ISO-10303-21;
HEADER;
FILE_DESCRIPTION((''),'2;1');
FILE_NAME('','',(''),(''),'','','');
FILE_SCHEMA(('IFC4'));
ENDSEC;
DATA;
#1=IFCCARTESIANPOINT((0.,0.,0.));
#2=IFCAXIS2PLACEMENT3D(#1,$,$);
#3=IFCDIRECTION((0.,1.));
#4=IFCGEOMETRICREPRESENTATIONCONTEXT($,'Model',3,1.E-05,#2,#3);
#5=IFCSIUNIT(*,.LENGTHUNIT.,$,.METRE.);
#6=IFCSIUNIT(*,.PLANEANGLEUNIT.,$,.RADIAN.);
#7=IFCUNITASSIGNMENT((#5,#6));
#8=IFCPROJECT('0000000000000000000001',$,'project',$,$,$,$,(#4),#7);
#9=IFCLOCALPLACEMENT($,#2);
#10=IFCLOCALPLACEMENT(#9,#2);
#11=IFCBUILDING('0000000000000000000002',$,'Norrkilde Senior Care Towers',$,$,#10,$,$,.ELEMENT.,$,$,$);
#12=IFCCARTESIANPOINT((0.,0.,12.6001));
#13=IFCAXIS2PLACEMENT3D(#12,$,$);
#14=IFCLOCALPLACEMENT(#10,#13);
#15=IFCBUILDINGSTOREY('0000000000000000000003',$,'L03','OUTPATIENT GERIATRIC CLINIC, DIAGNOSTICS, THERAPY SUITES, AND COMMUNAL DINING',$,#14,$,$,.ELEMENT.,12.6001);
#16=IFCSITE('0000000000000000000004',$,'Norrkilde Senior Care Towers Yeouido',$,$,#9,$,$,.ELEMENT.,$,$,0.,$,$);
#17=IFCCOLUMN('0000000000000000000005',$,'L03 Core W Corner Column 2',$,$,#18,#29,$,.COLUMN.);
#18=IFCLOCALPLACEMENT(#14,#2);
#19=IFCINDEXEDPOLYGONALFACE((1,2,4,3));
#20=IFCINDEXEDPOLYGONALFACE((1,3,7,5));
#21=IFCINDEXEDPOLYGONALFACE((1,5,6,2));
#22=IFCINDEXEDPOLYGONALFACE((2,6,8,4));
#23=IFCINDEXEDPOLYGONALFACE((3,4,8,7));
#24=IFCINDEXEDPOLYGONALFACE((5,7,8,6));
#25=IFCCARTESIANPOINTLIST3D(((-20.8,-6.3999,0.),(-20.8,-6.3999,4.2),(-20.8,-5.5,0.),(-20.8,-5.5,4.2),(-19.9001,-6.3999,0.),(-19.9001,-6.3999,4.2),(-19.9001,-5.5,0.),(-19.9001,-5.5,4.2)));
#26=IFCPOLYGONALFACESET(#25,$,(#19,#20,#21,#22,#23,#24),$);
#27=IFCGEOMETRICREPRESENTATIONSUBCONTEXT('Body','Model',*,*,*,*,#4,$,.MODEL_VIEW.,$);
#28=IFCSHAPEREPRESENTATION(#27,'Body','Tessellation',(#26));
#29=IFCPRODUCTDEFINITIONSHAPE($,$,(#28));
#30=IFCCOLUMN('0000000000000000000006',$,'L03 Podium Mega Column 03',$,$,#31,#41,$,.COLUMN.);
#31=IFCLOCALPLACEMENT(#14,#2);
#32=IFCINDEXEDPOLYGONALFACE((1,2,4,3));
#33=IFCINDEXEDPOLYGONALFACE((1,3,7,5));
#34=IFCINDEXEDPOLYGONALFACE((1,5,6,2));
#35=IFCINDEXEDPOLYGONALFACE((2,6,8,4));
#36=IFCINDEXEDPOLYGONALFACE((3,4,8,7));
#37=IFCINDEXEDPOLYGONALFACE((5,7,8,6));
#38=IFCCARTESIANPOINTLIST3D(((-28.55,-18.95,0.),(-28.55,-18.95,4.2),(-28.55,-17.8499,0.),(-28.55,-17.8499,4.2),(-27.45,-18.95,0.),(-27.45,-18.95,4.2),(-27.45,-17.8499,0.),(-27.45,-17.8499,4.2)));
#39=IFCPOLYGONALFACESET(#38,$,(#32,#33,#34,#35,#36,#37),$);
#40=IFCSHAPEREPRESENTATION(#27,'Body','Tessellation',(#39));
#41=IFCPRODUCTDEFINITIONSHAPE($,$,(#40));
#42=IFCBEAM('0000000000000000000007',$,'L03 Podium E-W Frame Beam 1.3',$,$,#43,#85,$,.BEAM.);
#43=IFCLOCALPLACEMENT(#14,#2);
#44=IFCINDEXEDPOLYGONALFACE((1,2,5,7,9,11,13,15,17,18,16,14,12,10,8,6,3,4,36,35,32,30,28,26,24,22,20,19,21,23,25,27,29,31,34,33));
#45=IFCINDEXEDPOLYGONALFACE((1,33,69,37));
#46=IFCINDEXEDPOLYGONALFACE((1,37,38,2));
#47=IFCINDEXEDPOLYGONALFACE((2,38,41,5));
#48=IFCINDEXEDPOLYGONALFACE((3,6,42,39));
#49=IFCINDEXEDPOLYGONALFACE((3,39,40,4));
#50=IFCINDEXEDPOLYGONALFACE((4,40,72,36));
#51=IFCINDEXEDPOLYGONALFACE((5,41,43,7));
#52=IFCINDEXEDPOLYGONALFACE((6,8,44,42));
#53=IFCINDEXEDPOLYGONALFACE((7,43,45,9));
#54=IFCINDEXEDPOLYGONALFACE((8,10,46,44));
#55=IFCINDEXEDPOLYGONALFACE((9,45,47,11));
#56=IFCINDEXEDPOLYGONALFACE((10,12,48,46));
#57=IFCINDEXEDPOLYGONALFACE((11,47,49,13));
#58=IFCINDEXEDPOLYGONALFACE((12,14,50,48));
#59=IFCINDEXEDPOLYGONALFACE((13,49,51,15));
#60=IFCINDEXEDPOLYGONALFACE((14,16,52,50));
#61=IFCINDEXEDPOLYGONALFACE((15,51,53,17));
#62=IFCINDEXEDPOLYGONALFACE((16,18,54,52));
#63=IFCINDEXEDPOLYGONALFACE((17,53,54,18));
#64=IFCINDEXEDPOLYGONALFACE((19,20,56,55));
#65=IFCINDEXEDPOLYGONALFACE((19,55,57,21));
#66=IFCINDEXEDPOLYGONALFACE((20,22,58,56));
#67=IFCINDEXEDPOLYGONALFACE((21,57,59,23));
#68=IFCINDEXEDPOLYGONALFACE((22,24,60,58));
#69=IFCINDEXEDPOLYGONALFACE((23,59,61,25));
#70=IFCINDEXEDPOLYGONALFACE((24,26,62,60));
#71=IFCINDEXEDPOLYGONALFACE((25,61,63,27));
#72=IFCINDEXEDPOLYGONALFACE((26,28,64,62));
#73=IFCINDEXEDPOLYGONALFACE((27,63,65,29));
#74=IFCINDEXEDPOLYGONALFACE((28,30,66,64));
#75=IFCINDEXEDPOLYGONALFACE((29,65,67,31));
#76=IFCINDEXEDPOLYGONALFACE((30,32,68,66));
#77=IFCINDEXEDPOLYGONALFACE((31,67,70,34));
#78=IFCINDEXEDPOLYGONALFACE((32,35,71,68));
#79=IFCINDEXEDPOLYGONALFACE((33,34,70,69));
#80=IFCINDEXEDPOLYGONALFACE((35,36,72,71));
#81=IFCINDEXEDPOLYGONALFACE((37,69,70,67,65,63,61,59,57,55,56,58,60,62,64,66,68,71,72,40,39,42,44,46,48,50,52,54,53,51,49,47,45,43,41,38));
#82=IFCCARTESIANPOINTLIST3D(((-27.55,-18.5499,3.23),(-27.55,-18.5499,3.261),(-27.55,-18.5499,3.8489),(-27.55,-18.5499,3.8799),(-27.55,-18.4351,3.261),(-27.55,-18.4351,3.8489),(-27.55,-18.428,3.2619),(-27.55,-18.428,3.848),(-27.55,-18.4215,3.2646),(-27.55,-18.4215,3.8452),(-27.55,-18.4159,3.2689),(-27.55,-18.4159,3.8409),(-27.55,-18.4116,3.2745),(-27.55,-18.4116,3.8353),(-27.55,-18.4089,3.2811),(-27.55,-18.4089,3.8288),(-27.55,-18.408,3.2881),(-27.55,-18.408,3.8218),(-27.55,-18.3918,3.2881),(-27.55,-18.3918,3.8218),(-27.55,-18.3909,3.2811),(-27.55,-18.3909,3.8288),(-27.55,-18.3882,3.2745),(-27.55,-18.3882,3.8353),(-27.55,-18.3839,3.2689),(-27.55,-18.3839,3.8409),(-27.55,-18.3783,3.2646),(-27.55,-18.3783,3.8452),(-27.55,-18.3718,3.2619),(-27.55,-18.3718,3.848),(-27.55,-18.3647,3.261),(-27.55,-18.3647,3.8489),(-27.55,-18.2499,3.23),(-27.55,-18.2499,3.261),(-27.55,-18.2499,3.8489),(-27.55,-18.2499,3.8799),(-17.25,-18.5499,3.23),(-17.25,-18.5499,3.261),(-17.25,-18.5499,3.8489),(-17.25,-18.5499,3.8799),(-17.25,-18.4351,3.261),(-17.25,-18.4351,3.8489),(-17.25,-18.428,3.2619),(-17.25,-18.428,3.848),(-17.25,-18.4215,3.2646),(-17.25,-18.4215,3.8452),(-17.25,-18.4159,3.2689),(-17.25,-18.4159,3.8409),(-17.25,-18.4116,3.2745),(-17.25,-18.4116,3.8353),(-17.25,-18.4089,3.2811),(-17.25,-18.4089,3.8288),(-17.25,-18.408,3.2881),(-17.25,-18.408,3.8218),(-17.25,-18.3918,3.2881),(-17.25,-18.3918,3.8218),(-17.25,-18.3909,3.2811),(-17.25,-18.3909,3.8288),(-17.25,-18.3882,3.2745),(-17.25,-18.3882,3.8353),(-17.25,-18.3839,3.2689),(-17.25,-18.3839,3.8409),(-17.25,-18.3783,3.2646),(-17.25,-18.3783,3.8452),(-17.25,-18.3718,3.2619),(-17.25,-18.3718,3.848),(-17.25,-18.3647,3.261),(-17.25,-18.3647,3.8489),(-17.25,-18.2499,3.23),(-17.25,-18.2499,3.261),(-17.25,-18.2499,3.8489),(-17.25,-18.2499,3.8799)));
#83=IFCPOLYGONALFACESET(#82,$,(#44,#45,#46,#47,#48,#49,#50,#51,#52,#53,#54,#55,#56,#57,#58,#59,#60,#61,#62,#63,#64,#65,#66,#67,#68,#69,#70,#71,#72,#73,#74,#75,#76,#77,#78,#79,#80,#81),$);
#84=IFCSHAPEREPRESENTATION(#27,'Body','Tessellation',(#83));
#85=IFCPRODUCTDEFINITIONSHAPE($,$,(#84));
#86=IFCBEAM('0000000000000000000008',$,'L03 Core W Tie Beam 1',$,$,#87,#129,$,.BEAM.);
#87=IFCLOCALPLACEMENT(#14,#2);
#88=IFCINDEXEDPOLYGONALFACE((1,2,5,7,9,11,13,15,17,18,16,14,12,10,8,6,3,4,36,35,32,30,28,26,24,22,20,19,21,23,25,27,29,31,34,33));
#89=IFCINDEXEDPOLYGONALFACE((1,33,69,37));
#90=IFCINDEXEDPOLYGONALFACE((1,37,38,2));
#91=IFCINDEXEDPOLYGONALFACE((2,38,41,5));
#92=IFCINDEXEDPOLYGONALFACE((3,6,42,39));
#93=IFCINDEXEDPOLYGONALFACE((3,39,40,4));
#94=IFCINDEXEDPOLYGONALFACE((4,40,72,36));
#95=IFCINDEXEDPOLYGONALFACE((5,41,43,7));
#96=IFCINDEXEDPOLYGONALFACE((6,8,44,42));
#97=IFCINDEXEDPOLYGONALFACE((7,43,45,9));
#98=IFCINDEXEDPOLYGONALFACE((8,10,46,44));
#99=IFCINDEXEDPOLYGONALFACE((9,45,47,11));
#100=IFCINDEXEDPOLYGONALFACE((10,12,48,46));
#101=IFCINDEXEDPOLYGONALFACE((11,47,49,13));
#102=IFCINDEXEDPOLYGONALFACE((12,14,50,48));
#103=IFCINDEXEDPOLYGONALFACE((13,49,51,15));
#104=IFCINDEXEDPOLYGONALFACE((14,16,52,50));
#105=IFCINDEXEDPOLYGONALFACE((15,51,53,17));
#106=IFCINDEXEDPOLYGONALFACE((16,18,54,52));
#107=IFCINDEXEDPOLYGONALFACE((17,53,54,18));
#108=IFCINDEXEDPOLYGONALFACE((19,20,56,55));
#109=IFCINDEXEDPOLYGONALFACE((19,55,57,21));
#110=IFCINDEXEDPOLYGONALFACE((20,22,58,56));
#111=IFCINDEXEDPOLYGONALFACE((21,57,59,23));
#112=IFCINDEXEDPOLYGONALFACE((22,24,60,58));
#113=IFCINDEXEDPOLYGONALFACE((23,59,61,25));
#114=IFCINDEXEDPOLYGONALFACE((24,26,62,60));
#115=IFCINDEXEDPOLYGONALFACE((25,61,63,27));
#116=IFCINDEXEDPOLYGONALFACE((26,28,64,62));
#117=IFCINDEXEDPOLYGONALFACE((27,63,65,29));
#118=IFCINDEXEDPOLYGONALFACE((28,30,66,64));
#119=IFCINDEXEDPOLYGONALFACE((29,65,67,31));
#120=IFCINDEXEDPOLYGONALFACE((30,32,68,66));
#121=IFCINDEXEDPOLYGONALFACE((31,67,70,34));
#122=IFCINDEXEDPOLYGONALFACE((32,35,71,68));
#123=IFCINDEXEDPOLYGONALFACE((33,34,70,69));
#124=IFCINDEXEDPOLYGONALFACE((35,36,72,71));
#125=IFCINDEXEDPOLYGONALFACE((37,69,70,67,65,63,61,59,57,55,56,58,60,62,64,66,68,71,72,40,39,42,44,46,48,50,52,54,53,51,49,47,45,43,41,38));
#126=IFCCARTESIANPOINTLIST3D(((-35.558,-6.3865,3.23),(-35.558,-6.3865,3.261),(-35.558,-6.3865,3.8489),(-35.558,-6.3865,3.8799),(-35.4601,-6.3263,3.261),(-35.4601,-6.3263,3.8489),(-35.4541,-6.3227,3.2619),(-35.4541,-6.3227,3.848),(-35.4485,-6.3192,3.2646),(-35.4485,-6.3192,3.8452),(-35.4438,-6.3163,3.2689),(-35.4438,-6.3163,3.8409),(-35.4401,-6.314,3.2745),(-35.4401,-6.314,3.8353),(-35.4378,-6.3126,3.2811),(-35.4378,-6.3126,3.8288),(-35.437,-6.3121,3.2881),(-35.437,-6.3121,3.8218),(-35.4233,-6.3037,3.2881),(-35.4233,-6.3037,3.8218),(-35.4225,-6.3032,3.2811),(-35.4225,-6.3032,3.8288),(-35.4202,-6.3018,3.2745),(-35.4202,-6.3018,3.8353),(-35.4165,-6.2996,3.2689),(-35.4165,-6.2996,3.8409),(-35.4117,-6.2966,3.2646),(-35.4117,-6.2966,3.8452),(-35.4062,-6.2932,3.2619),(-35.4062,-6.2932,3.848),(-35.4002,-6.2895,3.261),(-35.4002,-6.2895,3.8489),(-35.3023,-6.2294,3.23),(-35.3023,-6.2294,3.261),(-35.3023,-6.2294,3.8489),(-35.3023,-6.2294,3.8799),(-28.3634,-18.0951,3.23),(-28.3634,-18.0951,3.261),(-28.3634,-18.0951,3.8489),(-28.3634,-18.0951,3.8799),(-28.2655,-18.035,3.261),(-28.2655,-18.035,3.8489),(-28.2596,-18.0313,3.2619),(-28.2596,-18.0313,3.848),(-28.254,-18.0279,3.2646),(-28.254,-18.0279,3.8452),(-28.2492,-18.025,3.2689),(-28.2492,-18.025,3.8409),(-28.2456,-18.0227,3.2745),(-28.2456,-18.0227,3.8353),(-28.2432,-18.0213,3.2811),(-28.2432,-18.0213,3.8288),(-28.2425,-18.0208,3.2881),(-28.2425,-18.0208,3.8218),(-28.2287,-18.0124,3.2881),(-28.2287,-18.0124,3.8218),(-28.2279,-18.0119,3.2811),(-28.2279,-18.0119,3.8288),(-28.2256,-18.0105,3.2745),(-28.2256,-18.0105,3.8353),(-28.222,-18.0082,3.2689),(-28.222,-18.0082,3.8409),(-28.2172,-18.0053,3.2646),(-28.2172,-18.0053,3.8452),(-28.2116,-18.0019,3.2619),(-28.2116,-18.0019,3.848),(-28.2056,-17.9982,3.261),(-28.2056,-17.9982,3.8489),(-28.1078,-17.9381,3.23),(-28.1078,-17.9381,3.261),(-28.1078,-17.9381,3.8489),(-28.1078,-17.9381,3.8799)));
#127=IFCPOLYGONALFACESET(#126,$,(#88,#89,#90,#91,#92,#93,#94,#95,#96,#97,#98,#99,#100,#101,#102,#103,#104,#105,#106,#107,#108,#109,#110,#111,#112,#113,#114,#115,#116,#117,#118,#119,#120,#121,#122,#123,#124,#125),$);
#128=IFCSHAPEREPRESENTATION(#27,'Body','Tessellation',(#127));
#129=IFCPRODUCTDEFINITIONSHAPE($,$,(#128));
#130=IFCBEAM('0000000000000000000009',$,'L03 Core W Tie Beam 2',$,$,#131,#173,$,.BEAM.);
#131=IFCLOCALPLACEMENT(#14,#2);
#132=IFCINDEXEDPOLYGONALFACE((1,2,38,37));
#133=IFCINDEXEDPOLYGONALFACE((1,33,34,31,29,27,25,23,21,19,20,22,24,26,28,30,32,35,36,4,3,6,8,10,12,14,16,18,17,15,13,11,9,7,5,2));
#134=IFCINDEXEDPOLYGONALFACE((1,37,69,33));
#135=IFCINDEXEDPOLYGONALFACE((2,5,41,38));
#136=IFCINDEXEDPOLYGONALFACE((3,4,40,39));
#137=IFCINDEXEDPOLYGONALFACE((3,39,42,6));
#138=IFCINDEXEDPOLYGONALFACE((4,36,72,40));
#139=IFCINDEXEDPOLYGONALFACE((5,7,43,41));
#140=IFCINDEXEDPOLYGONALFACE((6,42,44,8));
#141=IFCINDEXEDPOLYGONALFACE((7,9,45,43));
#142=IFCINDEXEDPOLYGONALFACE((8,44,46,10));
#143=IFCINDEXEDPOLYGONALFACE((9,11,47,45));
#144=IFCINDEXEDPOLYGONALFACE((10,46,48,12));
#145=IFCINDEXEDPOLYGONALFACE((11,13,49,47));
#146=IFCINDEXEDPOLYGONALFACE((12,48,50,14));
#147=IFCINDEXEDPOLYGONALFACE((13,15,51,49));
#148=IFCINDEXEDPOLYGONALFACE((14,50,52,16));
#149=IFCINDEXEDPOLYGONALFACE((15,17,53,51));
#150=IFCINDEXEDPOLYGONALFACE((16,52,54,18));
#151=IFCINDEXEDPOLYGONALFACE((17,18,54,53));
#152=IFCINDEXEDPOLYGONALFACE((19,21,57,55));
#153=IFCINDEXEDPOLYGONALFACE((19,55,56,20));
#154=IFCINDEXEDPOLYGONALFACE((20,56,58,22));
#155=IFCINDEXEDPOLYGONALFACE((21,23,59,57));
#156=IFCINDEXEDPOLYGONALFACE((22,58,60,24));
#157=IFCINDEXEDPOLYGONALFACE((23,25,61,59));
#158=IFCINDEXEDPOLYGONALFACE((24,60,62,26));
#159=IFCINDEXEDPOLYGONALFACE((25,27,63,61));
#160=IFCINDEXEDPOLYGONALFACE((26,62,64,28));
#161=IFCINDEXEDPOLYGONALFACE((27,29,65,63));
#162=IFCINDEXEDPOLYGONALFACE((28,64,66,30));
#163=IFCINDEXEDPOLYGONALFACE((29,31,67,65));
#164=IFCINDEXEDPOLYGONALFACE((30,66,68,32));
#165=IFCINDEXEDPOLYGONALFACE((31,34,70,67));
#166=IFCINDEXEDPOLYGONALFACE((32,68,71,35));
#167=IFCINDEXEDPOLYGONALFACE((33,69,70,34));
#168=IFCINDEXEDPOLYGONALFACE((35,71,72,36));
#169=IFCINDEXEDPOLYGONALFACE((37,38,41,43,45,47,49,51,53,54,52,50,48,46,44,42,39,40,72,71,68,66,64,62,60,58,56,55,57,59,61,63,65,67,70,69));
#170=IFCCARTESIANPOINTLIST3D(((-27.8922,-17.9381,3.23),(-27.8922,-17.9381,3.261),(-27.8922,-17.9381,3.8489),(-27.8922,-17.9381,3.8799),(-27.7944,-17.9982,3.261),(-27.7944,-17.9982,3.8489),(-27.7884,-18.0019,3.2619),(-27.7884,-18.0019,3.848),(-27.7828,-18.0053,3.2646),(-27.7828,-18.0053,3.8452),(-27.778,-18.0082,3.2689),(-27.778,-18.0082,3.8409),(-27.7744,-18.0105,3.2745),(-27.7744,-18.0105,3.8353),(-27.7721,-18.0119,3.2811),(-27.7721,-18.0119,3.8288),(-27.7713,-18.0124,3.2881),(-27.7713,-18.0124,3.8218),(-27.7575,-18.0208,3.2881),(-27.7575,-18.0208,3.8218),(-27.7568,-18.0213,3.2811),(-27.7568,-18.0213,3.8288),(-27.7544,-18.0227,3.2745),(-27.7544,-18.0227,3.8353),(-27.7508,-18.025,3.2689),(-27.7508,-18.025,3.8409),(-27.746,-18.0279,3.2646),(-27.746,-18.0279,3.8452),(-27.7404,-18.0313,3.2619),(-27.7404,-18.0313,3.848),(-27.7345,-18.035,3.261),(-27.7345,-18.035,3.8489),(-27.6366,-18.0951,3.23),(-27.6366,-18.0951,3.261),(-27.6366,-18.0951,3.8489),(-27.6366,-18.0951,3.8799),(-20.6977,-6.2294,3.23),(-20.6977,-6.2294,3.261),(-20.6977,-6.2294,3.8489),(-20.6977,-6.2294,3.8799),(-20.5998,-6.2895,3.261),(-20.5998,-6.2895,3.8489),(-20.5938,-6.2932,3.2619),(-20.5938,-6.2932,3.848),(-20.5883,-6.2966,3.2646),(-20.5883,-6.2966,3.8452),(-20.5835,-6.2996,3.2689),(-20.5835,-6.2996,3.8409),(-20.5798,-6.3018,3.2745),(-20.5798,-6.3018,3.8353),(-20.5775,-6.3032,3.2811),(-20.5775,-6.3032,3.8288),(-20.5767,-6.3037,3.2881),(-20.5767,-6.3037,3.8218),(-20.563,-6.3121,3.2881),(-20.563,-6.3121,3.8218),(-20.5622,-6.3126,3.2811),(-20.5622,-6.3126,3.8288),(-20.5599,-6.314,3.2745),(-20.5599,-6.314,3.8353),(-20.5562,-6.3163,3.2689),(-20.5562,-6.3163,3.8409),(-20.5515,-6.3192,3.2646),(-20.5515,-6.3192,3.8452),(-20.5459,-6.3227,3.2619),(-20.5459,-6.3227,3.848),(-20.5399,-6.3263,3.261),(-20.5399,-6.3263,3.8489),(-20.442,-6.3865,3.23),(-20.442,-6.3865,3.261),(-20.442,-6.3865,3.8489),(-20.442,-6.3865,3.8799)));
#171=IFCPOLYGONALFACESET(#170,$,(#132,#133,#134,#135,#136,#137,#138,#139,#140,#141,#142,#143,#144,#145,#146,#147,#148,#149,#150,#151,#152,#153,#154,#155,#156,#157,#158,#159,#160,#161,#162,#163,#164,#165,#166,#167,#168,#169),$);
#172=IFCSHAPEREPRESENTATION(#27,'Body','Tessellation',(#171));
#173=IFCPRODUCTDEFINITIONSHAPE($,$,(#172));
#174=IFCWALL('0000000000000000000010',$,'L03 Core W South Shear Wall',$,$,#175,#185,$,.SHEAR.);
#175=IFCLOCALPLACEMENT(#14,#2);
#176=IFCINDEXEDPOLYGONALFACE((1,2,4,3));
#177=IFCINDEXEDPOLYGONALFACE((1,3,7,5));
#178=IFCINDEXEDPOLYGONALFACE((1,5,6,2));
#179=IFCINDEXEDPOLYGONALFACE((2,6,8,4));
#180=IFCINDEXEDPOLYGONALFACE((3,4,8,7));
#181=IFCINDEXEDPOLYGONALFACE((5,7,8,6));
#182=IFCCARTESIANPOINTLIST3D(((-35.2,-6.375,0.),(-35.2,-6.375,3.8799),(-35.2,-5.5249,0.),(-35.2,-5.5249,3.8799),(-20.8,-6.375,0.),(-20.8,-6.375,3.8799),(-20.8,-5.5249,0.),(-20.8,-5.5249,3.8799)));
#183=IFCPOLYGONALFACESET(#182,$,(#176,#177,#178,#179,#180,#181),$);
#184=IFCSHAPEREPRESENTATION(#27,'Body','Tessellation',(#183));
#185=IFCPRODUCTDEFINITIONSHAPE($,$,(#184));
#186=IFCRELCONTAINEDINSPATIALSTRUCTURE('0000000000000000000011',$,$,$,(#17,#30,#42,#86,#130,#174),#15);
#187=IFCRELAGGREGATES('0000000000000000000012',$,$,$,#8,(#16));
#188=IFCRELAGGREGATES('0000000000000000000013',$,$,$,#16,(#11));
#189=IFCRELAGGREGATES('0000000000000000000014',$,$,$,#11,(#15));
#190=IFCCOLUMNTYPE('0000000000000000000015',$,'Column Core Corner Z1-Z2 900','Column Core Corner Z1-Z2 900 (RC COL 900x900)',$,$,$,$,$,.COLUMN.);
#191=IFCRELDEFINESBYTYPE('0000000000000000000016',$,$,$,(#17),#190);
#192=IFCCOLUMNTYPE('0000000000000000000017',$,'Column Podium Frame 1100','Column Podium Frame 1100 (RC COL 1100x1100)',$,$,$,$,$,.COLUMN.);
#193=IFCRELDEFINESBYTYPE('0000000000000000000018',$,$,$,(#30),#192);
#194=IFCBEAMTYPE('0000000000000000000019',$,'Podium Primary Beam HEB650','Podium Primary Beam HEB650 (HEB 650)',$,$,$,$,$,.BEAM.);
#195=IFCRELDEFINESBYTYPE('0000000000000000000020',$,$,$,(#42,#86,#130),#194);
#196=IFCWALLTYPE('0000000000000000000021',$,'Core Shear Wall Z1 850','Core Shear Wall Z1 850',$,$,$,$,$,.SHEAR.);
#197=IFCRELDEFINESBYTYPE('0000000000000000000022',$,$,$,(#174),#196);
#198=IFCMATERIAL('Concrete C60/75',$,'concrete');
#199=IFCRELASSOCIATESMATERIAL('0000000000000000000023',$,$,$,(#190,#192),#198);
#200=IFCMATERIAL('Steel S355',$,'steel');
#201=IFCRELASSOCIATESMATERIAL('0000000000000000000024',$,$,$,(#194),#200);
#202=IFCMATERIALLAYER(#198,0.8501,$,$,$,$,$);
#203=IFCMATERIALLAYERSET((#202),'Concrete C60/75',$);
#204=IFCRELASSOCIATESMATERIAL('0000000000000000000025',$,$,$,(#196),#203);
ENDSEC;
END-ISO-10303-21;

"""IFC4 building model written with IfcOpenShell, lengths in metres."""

from ifc_helpers import new_model, si_unit, direction, frame, frame_2d, origin, origin_2d, place, context, subcontext, project, spatial, rectangle, i_section, extrude, source, transform, mapped, material, layer, layer_set, material_profile, profile_set, type_object, type_shapes, element, save


model = new_model("IFC4")

# Units and contexts
model_context = context("Model", 3, precision=1e-05, world=origin(), true_north=direction((0.0, 1.0)))
body_context = subcontext(model_context, "Body", "Model", "MODEL_VIEW")
ifc_project = project(units=[si_unit("LENGTHUNIT", "METRE"), si_unit("PLANEANGLEUNIT", "RADIAN")], contexts=[model_context])

# Site, building, storey
site_placement = place(None, origin())
site = spatial("IfcSite", under=ifc_project, at=site_placement, Name="Norrkilde Senior Care Towers Yeouido", CompositionType="ELEMENT", RefElevation=0.0)
building_placement = place(site_placement, origin())
building = spatial("IfcBuilding", under=site, at=building_placement, Name="Norrkilde Senior Care Towers", CompositionType="ELEMENT")
storey_placement = place(building_placement, frame((0.0, 0.0, 12.6001)))
storey = spatial("IfcBuildingStorey", under=building, at=storey_placement, Name="L03", Description="OUTPATIENT GERIATRIC CLINIC, DIAGNOSTICS, THERAPY SUITES, AND COMMUNAL DINING", CompositionType="ELEMENT", Elevation=12.6001)

# Columns
ifc_material_1 = material(Name="Concrete C60/75", Category="concrete")
ifc_material_profile_1 = material_profile(ifc_material_1, rectangle(XDim=0.8999, YDim=0.8999, at=origin_2d()), Name="RC COL 900x900")
ifc_profile_set_1 = profile_set([ifc_material_profile_1], Name="Concrete C60/75")
column_type_1 = type_object("IfcColumnType", Name="Column Core Corner Z1-Z2 900", Description="Column Core Corner Z1-Z2 900 (RC COL 900x900)", PredefinedType="COLUMN", material=ifc_profile_set_1)
shared_shape_1 = source(origin(), body_context, "Body", "SweptSolid", [
    extrude(rectangle(XDim=0.8999, YDim=0.8999, at=origin_2d()), origin(), (0.0, 0.0, 1.0), 4.2),
])
type_shapes(column_type_1, [shared_shape_1])
column_1_placement = place(storey_placement, frame((-20.3501, -5.95, 0.0), z_axis=(0.0, 0.0, 1.0), x_axis=(1.0, 0.0, 0.0)))
element("IfcColumn", 1, at=column_1_placement, inside=storey, type_object=column_type_1, Name="L03 Core W Corner Column 2", PredefinedType="COLUMN", context=body_context, shape_type="MappedRepresentation", body=[
    mapped(shared_shape_1, transform((0.0, 0.0, 0.0), x_axis=(1.0, 0.0, 0.0), y_axis=(0.0, 1.0, 0.0), z_axis=(0.0, 0.0, 1.0), scale=1.0)),
])
ifc_material_profile_2 = material_profile(ifc_material_1, rectangle(XDim=1.1001, YDim=1.1001, at=origin_2d()), Name="RC COL 1100x1100")
ifc_profile_set_2 = profile_set([ifc_material_profile_2], Name="Concrete C60/75")
column_type_2 = type_object("IfcColumnType", Name="Column Podium Frame 1100", Description="Column Podium Frame 1100 (RC COL 1100x1100)", PredefinedType="COLUMN", material=ifc_profile_set_2)
shared_shape_2 = source(origin(), body_context, "Body", "SweptSolid", [
    extrude(rectangle(XDim=1.1001, YDim=1.1001, at=origin_2d()), origin(), (0.0, 0.0, 1.0), 4.2),
])
type_shapes(column_type_2, [shared_shape_2])
column_2_placement = place(storey_placement, frame((-28.0, -18.3999, 0.0), z_axis=(0.0, 0.0, 1.0), x_axis=(1.0, 0.0, 0.0)))
element("IfcColumn", 2, at=column_2_placement, inside=storey, type_object=column_type_2, Name="L03 Podium Mega Column 03", PredefinedType="COLUMN", context=body_context, shape_type="MappedRepresentation", body=[
    mapped(shared_shape_2, transform((0.0, 0.0, 0.0), x_axis=(1.0, 0.0, 0.0), y_axis=(0.0, 1.0, 0.0), z_axis=(0.0, 0.0, 1.0), scale=1.0)),
])

# Beams
ifc_material_2 = material(Name="Steel S355", Category="steel")
ifc_material_profile_3 = material_profile(ifc_material_2, i_section(OverallWidth=0.3, OverallDepth=0.6499, WebThickness=0.0161, FlangeThickness=0.031, FilletRadius=0.0271, at=origin_2d()), Name="HEB 650")
ifc_profile_set_3 = profile_set([ifc_material_profile_3], Name="Steel S355")
beam_type = type_object("IfcBeamType", Name="Podium Primary Beam HEB650", Description="Podium Primary Beam HEB650 (HEB 650)", PredefinedType="BEAM", material=ifc_profile_set_3)
shared_shape_3 = source(origin(), body_context, "Body", "SweptSolid", [
    extrude(i_section(OverallWidth=0.3, OverallDepth=0.6499, WebThickness=0.0161, FlangeThickness=0.031, FilletRadius=0.0271, at=origin_2d()), origin(), (0.0, 0.0, 1.0), 10.3),
])
beam_placement = place(storey_placement, frame((-27.55, -18.3999, 3.5549), z_axis=(1.0, 0.0, 0.0), x_axis=(0.0, 1.0, 0.0)))
element("IfcBeam", 3, at=beam_placement, inside=storey, type_object=beam_type, Name="L03 Podium E-W Frame Beam 1.3", PredefinedType="BEAM", context=body_context, shape_type="MappedRepresentation", body=[
    mapped(shared_shape_3, transform((0.0, 0.0, 0.0), x_axis=(1.0, 0.0, 0.0), y_axis=(0.0, 1.0, 0.0), z_axis=(0.0, 0.0, 1.0), scale=1.0)),
])
shared_shape_4 = source(origin(), body_context, "Body", "SweptSolid", [
    extrude(i_section(OverallWidth=0.3, OverallDepth=0.6499, WebThickness=0.0161, FlangeThickness=0.031, FilletRadius=0.0271, at=origin_2d()), origin(), (0.0, 0.0, 1.0), 13.7424),
])
type_shapes(beam_type, [shared_shape_3, shared_shape_4])
for number, where, z_axis, x_axis, name in (
    (4, (-28.2356, -18.0166, 3.5549), (-0.523527, 0.852009, 0.0), (-0.852009, -0.523527, 0.0), "L03 Core W Tie Beam 1"),
    (5, (-27.7644, -18.0166, 3.5549), (0.523527, 0.852009, 0.0), (-0.852009, 0.523527, 0.0), "L03 Core W Tie Beam 2"),
):
    element("IfcBeam", number, at=place(storey_placement, frame(where, z_axis=z_axis, x_axis=x_axis)), inside=storey, type_object=beam_type, Name=name, PredefinedType="BEAM", context=body_context, shape_type="MappedRepresentation", body=[
        mapped(shared_shape_4, transform((0.0, 0.0, 0.0), x_axis=(1.0, 0.0, 0.0), y_axis=(0.0, 1.0, 0.0), z_axis=(0.0, 0.0, 1.0), scale=1.0)),
    ])

# Wall
ifc_layer_1 = layer(ifc_material_1, 0.8501)
ifc_layer_set_1 = layer_set([ifc_layer_1], Name="Concrete C60/75")
wall_type_1 = type_object("IfcWallType", Name="Core Shear Wall Z1 850", Description="Core Shear Wall Z1 850", PredefinedType="SHEAR", material=ifc_layer_set_1)
shared_shape_5 = source(origin(), body_context, "Body", "SweptSolid", [
    extrude(rectangle(XDim=14.3999, YDim=0.8501, at=frame_2d((7.2, 0.0))), origin(), (0.0, 0.0, 1.0), 3.8799),
])
type_shapes(wall_type_1, [shared_shape_5])
wall_1_placement = place(storey_placement, frame((-20.8, -5.95, 0.0), z_axis=(0.0, 0.0, 1.0), x_axis=(-1.0, 0.0, 0.0)))
element("IfcWall", 6, at=wall_1_placement, inside=storey, type_object=wall_type_1, Name="L03 Core W South Shear Wall", PredefinedType="SHEAR", context=body_context, shape_type="MappedRepresentation", body=[
    mapped(shared_shape_5, transform((0.0, 0.0, 0.0), x_axis=(1.0, 0.0, 0.0), y_axis=(0.0, 1.0, 0.0), z_axis=(0.0, 0.0, 1.0), scale=1.0)),
])

save(model, "model.ifc")
